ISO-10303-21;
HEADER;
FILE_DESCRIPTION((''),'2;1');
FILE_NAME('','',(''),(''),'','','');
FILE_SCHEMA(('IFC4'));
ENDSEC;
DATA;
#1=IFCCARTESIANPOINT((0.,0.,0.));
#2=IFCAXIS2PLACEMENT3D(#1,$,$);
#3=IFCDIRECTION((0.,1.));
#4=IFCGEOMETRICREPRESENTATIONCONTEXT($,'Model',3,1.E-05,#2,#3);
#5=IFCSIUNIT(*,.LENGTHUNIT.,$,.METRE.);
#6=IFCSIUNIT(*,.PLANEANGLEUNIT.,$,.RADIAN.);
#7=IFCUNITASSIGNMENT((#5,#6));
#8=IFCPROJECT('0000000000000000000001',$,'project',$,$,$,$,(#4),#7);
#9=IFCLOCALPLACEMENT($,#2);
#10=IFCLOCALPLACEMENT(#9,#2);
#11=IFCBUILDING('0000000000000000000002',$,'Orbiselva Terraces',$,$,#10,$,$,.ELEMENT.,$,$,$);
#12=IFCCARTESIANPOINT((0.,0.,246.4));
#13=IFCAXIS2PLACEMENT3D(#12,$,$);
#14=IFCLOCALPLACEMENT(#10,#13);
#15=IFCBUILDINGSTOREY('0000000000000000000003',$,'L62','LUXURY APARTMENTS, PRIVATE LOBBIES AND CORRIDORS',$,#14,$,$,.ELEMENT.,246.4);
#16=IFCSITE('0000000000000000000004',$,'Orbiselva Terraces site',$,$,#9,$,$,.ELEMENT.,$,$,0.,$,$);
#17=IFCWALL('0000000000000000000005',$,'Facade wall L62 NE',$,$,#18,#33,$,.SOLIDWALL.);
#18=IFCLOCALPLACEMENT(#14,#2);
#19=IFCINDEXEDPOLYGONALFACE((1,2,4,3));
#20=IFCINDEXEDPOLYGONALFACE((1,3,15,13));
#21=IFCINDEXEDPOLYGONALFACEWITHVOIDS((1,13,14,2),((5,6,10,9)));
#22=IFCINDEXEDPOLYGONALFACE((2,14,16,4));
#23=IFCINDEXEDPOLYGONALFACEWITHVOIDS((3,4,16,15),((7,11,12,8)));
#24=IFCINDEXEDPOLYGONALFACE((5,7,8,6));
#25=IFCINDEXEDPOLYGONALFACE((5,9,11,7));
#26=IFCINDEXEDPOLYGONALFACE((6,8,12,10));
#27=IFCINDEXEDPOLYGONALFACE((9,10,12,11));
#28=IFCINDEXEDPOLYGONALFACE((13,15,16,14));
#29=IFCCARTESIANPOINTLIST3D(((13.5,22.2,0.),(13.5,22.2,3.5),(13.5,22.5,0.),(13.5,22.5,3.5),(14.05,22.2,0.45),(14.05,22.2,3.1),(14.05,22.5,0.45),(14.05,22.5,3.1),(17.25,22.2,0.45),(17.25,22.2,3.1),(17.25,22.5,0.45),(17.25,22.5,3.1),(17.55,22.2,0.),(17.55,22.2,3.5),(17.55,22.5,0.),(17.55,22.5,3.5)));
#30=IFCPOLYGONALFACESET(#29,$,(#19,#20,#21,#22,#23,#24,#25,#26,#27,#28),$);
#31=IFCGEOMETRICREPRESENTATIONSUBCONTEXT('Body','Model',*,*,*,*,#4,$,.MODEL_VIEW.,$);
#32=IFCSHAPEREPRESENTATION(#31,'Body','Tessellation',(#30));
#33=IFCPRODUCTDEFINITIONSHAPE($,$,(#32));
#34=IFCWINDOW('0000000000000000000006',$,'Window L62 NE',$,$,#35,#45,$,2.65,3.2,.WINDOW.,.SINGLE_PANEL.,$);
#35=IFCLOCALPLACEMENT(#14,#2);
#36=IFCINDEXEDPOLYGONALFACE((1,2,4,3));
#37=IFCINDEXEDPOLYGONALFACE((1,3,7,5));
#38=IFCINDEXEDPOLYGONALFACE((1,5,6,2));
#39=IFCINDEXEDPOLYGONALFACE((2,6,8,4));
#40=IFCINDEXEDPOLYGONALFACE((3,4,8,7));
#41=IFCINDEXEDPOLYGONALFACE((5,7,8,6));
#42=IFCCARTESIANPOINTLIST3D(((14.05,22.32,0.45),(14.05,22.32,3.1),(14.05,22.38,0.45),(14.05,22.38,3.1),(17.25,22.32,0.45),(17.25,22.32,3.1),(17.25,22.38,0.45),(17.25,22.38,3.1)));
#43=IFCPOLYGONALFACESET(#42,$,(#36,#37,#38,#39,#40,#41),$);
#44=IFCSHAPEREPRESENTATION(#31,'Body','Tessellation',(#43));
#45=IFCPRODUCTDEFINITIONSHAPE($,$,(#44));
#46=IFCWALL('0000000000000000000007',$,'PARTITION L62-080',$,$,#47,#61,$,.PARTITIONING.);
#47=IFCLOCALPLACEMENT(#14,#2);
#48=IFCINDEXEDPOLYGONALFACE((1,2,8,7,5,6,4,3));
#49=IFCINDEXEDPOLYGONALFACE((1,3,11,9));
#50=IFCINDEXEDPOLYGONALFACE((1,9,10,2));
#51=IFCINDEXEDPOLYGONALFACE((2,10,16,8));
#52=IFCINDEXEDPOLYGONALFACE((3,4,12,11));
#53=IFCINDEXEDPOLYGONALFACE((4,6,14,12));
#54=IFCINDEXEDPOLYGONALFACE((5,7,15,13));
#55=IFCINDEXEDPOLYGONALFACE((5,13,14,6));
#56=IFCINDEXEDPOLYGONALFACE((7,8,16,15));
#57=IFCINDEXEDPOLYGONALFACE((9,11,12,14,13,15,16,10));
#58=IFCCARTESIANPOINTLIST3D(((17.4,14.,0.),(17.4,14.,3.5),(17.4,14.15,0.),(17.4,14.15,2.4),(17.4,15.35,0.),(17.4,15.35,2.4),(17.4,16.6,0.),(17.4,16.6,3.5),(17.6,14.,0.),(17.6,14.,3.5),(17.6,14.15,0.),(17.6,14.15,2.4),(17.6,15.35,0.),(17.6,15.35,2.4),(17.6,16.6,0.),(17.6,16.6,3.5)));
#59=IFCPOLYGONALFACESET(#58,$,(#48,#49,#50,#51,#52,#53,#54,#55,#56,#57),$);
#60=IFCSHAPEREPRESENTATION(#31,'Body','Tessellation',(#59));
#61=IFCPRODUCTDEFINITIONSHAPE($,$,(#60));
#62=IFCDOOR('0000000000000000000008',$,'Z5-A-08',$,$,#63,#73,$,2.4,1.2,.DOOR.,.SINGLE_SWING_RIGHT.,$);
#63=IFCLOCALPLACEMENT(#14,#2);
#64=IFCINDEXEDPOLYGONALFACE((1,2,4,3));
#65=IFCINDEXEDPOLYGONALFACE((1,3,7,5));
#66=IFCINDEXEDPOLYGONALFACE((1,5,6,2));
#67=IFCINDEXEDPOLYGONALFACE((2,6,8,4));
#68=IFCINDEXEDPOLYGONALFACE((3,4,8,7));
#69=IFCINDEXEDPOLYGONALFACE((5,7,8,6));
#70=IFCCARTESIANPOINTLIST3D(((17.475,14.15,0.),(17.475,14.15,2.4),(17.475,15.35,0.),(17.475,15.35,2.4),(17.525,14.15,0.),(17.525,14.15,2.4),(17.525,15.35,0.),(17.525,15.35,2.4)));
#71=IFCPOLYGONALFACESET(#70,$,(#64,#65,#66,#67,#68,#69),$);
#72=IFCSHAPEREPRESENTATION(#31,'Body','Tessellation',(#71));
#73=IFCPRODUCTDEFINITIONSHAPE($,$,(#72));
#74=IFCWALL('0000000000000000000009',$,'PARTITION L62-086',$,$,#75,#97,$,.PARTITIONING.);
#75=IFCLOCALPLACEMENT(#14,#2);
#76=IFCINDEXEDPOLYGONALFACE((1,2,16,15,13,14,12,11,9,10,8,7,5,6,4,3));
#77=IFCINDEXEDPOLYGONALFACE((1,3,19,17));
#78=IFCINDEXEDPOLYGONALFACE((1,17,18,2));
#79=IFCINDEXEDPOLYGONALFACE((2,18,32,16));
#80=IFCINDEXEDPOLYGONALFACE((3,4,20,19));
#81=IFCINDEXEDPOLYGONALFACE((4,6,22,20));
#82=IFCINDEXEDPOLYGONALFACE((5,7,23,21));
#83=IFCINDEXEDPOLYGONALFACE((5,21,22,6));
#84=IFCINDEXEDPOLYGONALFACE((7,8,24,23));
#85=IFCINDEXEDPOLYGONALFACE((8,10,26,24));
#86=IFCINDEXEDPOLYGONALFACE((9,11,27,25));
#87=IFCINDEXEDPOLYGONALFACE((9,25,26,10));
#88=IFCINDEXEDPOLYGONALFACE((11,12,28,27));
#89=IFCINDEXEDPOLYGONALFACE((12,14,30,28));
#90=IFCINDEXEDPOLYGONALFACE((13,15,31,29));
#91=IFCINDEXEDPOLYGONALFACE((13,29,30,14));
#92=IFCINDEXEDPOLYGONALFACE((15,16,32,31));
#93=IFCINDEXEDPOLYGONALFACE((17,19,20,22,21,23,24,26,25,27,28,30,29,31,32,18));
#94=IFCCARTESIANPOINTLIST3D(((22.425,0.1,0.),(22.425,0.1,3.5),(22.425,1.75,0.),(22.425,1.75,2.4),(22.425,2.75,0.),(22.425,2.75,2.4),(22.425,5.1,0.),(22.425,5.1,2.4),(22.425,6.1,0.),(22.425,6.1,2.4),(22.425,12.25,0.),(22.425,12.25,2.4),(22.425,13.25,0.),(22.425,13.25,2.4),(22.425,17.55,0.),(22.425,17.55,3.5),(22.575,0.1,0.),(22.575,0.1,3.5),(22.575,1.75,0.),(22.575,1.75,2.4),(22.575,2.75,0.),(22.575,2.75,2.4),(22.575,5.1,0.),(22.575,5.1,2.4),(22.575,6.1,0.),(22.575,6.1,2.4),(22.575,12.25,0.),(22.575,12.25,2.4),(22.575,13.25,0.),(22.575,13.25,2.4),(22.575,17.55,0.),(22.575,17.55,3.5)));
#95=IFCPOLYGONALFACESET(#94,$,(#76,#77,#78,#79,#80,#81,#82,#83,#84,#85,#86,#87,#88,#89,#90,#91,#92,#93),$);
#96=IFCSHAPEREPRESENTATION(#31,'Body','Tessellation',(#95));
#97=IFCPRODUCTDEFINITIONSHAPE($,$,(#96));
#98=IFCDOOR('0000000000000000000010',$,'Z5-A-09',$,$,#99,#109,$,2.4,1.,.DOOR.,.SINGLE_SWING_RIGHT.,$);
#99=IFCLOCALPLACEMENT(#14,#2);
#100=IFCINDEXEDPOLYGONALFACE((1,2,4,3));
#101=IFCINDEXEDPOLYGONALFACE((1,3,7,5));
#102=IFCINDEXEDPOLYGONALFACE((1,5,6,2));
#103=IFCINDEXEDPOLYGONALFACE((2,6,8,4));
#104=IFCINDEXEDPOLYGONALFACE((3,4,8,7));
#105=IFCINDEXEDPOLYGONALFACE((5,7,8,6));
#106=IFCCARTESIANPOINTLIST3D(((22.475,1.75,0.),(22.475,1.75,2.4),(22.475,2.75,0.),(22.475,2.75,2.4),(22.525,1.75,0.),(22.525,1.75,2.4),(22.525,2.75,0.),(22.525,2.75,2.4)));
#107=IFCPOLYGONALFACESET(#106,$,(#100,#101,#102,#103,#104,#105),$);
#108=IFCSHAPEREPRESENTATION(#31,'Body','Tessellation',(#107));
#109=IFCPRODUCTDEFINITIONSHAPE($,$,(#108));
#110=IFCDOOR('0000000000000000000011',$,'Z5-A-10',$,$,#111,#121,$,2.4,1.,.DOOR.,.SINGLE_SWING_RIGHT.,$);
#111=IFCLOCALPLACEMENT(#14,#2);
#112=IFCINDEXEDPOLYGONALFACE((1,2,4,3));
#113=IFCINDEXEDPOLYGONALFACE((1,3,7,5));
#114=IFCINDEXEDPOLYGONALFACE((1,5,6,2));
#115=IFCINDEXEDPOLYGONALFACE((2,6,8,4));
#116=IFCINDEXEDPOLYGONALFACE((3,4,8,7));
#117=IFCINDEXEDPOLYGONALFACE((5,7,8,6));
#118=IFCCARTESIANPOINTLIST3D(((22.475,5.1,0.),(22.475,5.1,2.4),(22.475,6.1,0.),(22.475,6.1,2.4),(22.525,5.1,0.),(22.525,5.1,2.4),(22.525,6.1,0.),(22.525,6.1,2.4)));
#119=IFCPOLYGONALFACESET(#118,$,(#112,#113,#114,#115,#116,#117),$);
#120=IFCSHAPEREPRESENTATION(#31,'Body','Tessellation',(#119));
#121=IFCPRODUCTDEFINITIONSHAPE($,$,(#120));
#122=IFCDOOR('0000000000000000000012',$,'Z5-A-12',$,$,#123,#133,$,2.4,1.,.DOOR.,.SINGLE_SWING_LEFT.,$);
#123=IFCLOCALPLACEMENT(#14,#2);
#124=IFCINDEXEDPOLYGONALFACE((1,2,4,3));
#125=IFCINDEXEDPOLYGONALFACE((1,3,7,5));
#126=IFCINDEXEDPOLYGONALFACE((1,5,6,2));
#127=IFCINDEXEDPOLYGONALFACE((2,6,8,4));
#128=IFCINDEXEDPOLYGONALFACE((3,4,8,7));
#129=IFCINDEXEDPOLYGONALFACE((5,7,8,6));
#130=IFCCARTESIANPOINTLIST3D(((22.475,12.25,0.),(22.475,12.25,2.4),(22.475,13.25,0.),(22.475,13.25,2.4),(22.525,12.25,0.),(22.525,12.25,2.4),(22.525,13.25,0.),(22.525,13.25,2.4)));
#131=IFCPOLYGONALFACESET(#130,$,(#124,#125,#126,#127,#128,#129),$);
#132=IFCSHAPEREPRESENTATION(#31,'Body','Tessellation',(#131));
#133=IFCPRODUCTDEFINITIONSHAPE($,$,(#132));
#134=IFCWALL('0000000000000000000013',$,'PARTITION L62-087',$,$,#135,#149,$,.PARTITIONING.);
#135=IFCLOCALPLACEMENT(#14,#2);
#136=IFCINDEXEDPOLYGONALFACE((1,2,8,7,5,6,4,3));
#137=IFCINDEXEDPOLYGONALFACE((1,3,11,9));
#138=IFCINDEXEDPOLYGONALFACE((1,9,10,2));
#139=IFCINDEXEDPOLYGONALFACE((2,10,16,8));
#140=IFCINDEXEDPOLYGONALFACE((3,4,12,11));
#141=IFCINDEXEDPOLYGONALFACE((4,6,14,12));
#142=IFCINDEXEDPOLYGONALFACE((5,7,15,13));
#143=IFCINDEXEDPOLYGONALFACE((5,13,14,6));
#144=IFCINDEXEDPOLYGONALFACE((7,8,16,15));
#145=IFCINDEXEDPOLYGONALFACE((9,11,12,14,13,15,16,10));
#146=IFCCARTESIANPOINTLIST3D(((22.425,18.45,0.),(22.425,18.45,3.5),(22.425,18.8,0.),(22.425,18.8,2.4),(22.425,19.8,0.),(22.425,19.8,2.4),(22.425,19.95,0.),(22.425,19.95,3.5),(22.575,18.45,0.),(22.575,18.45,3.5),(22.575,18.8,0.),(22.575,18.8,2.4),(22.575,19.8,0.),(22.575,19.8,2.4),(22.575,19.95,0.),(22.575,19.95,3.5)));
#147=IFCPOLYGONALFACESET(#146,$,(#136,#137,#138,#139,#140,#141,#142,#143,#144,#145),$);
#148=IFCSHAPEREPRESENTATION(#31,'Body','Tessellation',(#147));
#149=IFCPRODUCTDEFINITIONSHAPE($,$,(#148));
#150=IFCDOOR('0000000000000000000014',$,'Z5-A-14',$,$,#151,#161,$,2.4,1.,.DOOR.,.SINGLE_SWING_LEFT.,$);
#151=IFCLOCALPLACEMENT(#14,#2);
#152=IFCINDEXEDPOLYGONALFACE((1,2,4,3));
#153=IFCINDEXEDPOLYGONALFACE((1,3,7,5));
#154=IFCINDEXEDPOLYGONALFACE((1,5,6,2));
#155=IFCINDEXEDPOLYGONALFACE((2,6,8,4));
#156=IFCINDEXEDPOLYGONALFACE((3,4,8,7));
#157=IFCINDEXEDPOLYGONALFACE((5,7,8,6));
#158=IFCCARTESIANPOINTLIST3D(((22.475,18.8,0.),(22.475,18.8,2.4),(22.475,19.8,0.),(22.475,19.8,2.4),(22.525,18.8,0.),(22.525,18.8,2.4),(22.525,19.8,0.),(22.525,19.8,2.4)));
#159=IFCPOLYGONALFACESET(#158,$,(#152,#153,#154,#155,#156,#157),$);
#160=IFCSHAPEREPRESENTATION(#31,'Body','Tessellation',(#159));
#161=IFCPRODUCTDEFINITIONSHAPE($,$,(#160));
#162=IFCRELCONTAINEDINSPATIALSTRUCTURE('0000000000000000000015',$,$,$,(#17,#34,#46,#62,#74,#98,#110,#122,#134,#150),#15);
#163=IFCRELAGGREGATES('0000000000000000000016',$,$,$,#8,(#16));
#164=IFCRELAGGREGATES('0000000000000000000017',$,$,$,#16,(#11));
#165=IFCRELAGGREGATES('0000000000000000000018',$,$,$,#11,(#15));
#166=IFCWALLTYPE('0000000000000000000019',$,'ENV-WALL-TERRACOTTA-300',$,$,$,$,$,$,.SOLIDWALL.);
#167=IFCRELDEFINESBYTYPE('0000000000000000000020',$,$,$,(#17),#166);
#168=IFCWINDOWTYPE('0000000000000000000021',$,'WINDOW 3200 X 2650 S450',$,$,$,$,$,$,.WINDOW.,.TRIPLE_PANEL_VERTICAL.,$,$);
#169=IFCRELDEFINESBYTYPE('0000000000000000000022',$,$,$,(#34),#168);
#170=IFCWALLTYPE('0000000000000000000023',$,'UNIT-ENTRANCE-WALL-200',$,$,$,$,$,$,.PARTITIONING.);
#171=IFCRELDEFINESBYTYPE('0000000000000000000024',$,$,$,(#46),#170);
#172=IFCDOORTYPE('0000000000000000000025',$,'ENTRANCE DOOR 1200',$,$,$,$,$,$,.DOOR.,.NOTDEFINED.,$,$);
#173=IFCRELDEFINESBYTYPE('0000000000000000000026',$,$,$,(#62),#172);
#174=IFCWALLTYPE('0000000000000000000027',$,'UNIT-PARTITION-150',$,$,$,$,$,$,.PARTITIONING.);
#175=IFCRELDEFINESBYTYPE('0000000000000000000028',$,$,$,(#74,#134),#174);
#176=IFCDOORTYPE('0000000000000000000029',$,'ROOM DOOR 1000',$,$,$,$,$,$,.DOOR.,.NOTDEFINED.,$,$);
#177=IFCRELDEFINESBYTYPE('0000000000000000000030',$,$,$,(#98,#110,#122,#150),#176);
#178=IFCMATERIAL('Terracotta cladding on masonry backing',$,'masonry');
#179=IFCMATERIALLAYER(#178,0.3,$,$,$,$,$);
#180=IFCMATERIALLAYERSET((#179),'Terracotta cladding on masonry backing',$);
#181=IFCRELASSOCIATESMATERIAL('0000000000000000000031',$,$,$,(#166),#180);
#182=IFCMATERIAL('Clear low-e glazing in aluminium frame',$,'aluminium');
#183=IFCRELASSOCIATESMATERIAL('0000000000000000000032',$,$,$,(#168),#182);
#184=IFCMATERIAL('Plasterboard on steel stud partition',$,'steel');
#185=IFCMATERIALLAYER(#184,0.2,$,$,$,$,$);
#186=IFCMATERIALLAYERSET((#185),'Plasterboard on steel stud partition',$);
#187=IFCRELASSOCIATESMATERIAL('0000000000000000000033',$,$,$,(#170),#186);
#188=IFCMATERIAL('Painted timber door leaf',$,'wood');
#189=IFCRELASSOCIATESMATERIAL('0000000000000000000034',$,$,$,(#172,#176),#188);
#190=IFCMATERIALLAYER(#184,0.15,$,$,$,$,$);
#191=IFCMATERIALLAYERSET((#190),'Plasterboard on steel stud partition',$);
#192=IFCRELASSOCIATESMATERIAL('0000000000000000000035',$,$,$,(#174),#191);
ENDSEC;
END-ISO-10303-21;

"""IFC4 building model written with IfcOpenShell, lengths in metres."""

from ifc_helpers import new_model, si_unit, direction, frame, frame_2d, origin, place, context, subcontext, project, spatial, rectangle, extrude, material, layer, layer_set, type_object, element, fill, save


model = new_model("IFC4")

# Units and contexts
model_context = context("Model", 3, precision=1e-05, world=origin(), true_north=direction((0.0, 1.0)))
body_context = subcontext(model_context, "Body", "Model", "MODEL_VIEW")
ifc_project = project(units=[si_unit("LENGTHUNIT", "METRE"), si_unit("PLANEANGLEUNIT", "RADIAN")], contexts=[model_context])

# Site, building, storey
site_placement = place(None, origin())
site = spatial("IfcSite", under=ifc_project, at=site_placement, Name="Orbiselva Terraces site", CompositionType="ELEMENT", RefElevation=0.0)
building_placement = place(site_placement, origin())
building = spatial("IfcBuilding", under=site, at=building_placement, Name="Orbiselva Terraces", CompositionType="ELEMENT")
storey_placement = place(building_placement, frame((0.0, 0.0, 246.4)))
storey = spatial("IfcBuildingStorey", under=building, at=storey_placement, Name="L62", Description="LUXURY APARTMENTS, PRIVATE LOBBIES AND CORRIDORS", CompositionType="ELEMENT", Elevation=246.4)

# Shared definitions
ifc_material_1 = material(Name="Terracotta cladding on masonry backing", Category="masonry")
ifc_layer_1 = layer(ifc_material_1, 0.3)
ifc_layer_set_1 = layer_set([ifc_layer_1], Name="Terracotta cladding on masonry backing")
wall_type_1 = type_object("IfcWallType", Name="ENV-WALL-TERRACOTTA-300", PredefinedType="SOLIDWALL", material=ifc_layer_set_1)
ifc_material_2 = material(Name="Clear low-e glazing in aluminium frame", Category="aluminium")

# Wall, opening, window
wall_1_placement = place(storey_placement, frame((13.5, 22.35, 0.0), z_axis=(0.0, 0.0, 1.0), x_axis=(1.0, 0.0, 0.0)))
wall_1 = element("IfcWall", 1, at=wall_1_placement, inside=storey, type_object=wall_type_1, Name="Facade wall L62 NE", PredefinedType="SOLIDWALL", context=body_context, shape_type="SweptSolid", body=[
    extrude(rectangle(XDim=4.05, YDim=0.3, at=frame_2d((2.025, 0.0))), origin(), (0.0, 0.0, 1.0), 3.5),
])
opening_1_placement = place(wall_1_placement, frame((0.55, 0.0, 0.45)))
opening_1 = element("IfcOpeningElement", 2, at=opening_1_placement, cuts=wall_1, PredefinedType="OPENING", context=body_context, shape_type="SweptSolid", body=[
    extrude(rectangle(XDim=3.2, YDim=2.65, at=frame_2d((1.6, 1.325))), frame((0.0, 0.16, 0.0), z_axis=(0.0, -1.0, 0.0), x_axis=(1.0, 0.0, 0.0)), (0.0, 0.0, 1.0), 0.32),
])
window_type = type_object("IfcWindowType", Name="WINDOW 3200 X 2650 S450", PartitioningType="TRIPLE_PANEL_VERTICAL", PredefinedType="WINDOW", material=ifc_material_2)
window_placement = place(opening_1_placement, origin())
window = element("IfcWindow", 3, at=window_placement, inside=storey, type_object=window_type, Name="Window L62 NE", OverallHeight=2.65, OverallWidth=3.2, PartitioningType="SINGLE_PANEL", PredefinedType="WINDOW", context=body_context, shape_type="SweptSolid", body=[
    extrude(rectangle(XDim=3.2, YDim=2.65, at=frame_2d((1.6, 1.325))), frame((0.0, 0.03, 0.0), z_axis=(0.0, -1.0, 0.0), x_axis=(1.0, 0.0, 0.0)), (0.0, 0.0, 1.0), 0.06),
])
fill(opening_1, window)

# Wall, opening, door
ifc_material_3 = material(Name="Plasterboard on steel stud partition", Category="steel")
ifc_layer_2 = layer(ifc_material_3, 0.2)
ifc_layer_set_2 = layer_set([ifc_layer_2], Name="Plasterboard on steel stud partition")
wall_type_2 = type_object("IfcWallType", Name="UNIT-ENTRANCE-WALL-200", PredefinedType="PARTITIONING", material=ifc_layer_set_2)
wall_2_placement = place(storey_placement, frame((17.5, 16.6, 0.0), z_axis=(0.0, 0.0, 1.0), x_axis=(0.0, -1.0, 0.0)))
wall_2 = element("IfcWall", 4, at=wall_2_placement, inside=storey, type_object=wall_type_2, Name="PARTITION L62-080", PredefinedType="PARTITIONING", context=body_context, shape_type="SweptSolid", body=[
    extrude(rectangle(XDim=2.6, YDim=0.2, at=frame_2d((1.3, 0.0))), origin(), (0.0, 0.0, 1.0), 3.5),
])
opening_2_placement = place(wall_2_placement, frame((1.25, 0.0, 0.0)))
opening_2 = element("IfcOpeningElement", 5, at=opening_2_placement, cuts=wall_2, PredefinedType="OPENING", context=body_context, shape_type="SweptSolid", body=[
    extrude(rectangle(XDim=1.2, YDim=2.4, at=frame_2d((0.6, 1.2))), frame((0.0, 0.11, 0.0), z_axis=(0.0, -1.0, 0.0), x_axis=(1.0, 0.0, 0.0)), (0.0, 0.0, 1.0), 0.22),
])
ifc_material_4 = material(Name="Painted timber door leaf", Category="wood")
door_type_1 = type_object("IfcDoorType", Name="ENTRANCE DOOR 1200", OperationType="NOTDEFINED", PredefinedType="DOOR", material=ifc_material_4)
door_1_placement = place(opening_2_placement, origin())
door_1 = element("IfcDoor", 6, at=door_1_placement, inside=storey, type_object=door_type_1, Name="Z5-A-08", OperationType="SINGLE_SWING_RIGHT", OverallHeight=2.4, OverallWidth=1.2, PredefinedType="DOOR", context=body_context, shape_type="SweptSolid", body=[
    extrude(rectangle(XDim=1.2, YDim=2.4, at=frame_2d((0.6, 1.2))), frame((0.0, 0.025, 0.0), z_axis=(0.0, -1.0, 0.0), x_axis=(1.0, 0.0, 0.0)), (0.0, 0.0, 1.0), 0.05),
])
fill(opening_2, door_1)

# Wall, openings, doors
ifc_layer_3 = layer(ifc_material_3, 0.15)
ifc_layer_set_3 = layer_set([ifc_layer_3], Name="Plasterboard on steel stud partition")
wall_type_3 = type_object("IfcWallType", Name="UNIT-PARTITION-150", PredefinedType="PARTITIONING", material=ifc_layer_set_3)
wall_3_placement = place(storey_placement, frame((22.5, 17.55, 0.0), z_axis=(0.0, 0.0, 1.0), x_axis=(0.0, -1.0, 0.0)))
wall_3 = element("IfcWall", 7, at=wall_3_placement, inside=storey, type_object=wall_type_3, Name="PARTITION L62-086", PredefinedType="PARTITIONING", context=body_context, shape_type="SweptSolid", body=[
    extrude(rectangle(XDim=17.45, YDim=0.15, at=frame_2d((8.725, 0.0))), origin(), (0.0, 0.0, 1.0), 3.5),
])
opening_3_placement = place(wall_3_placement, frame((14.8, 0.0, 0.0)))
opening_3 = element("IfcOpeningElement", 8, at=opening_3_placement, cuts=wall_3, PredefinedType="OPENING", context=body_context, shape_type="SweptSolid", body=[
    extrude(rectangle(XDim=1.0, YDim=2.4, at=frame_2d((0.5, 1.2))), frame((0.0, 0.085, 0.0), z_axis=(0.0, -1.0, 0.0), x_axis=(1.0, 0.0, 0.0)), (0.0, 0.0, 1.0), 0.17),
])
opening_4_placement = place(wall_3_placement, frame((11.45, 0.0, 0.0)))
opening_4 = element("IfcOpeningElement", 9, at=opening_4_placement, cuts=wall_3, PredefinedType="OPENING", context=body_context, shape_type="SweptSolid", body=[
    extrude(rectangle(XDim=1.0, YDim=2.4, at=frame_2d((0.5, 1.2))), frame((0.0, 0.085, 0.0), z_axis=(0.0, -1.0, 0.0), x_axis=(1.0, 0.0, 0.0)), (0.0, 0.0, 1.0), 0.17),
])
opening_5_placement = place(wall_3_placement, frame((4.3, 0.0, 0.0)))
opening_5 = element("IfcOpeningElement", 10, at=opening_5_placement, cuts=wall_3, PredefinedType="OPENING", context=body_context, shape_type="SweptSolid", body=[
    extrude(rectangle(XDim=1.0, YDim=2.4, at=frame_2d((0.5, 1.2))), frame((0.0, 0.085, 0.0), z_axis=(0.0, -1.0, 0.0), x_axis=(1.0, 0.0, 0.0)), (0.0, 0.0, 1.0), 0.17),
])
door_type_2 = type_object("IfcDoorType", Name="ROOM DOOR 1000", OperationType="NOTDEFINED", PredefinedType="DOOR", material=ifc_material_4)
door_2_placement = place(opening_3_placement, origin())
door_2 = element("IfcDoor", 11, at=door_2_placement, inside=storey, type_object=door_type_2, Name="Z5-A-09", OperationType="SINGLE_SWING_RIGHT", OverallHeight=2.4, OverallWidth=1.0, PredefinedType="DOOR", context=body_context, shape_type="SweptSolid", body=[
    extrude(rectangle(XDim=1.0, YDim=2.4, at=frame_2d((0.5, 1.2))), frame((0.0, 0.025, 0.0), z_axis=(0.0, -1.0, 0.0), x_axis=(1.0, 0.0, 0.0)), (0.0, 0.0, 1.0), 0.05),
])
fill(opening_3, door_2)
door_3_placement = place(opening_4_placement, origin())
door_3 = element("IfcDoor", 12, at=door_3_placement, inside=storey, type_object=door_type_2, Name="Z5-A-10", OperationType="SINGLE_SWING_RIGHT", OverallHeight=2.4, OverallWidth=1.0, PredefinedType="DOOR", context=body_context, shape_type="SweptSolid", body=[
    extrude(rectangle(XDim=1.0, YDim=2.4, at=frame_2d((0.5, 1.2))), frame((0.0, 0.025, 0.0), z_axis=(0.0, -1.0, 0.0), x_axis=(1.0, 0.0, 0.0)), (0.0, 0.0, 1.0), 0.05),
])
fill(opening_4, door_3)
door_4_placement = place(opening_5_placement, origin())
door_4 = element("IfcDoor", 13, at=door_4_placement, inside=storey, type_object=door_type_2, Name="Z5-A-12", OperationType="SINGLE_SWING_LEFT", OverallHeight=2.4, OverallWidth=1.0, PredefinedType="DOOR", context=body_context, shape_type="SweptSolid", body=[
    extrude(rectangle(XDim=1.0, YDim=2.4, at=frame_2d((0.5, 1.2))), frame((0.0, 0.025, 0.0), z_axis=(0.0, -1.0, 0.0), x_axis=(1.0, 0.0, 0.0)), (0.0, 0.0, 1.0), 0.05),
])
fill(opening_5, door_4)

# Wall, opening, door
wall_4_placement = place(storey_placement, frame((22.5, 19.95, 0.0), z_axis=(0.0, 0.0, 1.0), x_axis=(0.0, -1.0, 0.0)))
wall_4 = element("IfcWall", 14, at=wall_4_placement, inside=storey, type_object=wall_type_3, Name="PARTITION L62-087", PredefinedType="PARTITIONING", context=body_context, shape_type="SweptSolid", body=[
    extrude(rectangle(XDim=1.5, YDim=0.15, at=frame_2d((0.75, 0.0))), origin(), (0.0, 0.0, 1.0), 3.5),
])
opening_6_placement = place(wall_4_placement, frame((0.15, 0.0, 0.0)))
opening_6 = element("IfcOpeningElement", 15, at=opening_6_placement, cuts=wall_4, PredefinedType="OPENING", context=body_context, shape_type="SweptSolid", body=[
    extrude(rectangle(XDim=1.0, YDim=2.4, at=frame_2d((0.5, 1.2))), frame((0.0, 0.085, 0.0), z_axis=(0.0, -1.0, 0.0), x_axis=(1.0, 0.0, 0.0)), (0.0, 0.0, 1.0), 0.17),
])
door_5_placement = place(opening_6_placement, origin())
door_5 = element("IfcDoor", 16, at=door_5_placement, inside=storey, type_object=door_type_2, Name="Z5-A-14", OperationType="SINGLE_SWING_LEFT", OverallHeight=2.4, OverallWidth=1.0, PredefinedType="DOOR", context=body_context, shape_type="SweptSolid", body=[
    extrude(rectangle(XDim=1.0, YDim=2.4, at=frame_2d((0.5, 1.2))), frame((0.0, 0.025, 0.0), z_axis=(0.0, -1.0, 0.0), x_axis=(1.0, 0.0, 0.0)), (0.0, 0.0, 1.0), 0.05),
])
fill(opening_6, door_5)

save(model, "model.ifc")
